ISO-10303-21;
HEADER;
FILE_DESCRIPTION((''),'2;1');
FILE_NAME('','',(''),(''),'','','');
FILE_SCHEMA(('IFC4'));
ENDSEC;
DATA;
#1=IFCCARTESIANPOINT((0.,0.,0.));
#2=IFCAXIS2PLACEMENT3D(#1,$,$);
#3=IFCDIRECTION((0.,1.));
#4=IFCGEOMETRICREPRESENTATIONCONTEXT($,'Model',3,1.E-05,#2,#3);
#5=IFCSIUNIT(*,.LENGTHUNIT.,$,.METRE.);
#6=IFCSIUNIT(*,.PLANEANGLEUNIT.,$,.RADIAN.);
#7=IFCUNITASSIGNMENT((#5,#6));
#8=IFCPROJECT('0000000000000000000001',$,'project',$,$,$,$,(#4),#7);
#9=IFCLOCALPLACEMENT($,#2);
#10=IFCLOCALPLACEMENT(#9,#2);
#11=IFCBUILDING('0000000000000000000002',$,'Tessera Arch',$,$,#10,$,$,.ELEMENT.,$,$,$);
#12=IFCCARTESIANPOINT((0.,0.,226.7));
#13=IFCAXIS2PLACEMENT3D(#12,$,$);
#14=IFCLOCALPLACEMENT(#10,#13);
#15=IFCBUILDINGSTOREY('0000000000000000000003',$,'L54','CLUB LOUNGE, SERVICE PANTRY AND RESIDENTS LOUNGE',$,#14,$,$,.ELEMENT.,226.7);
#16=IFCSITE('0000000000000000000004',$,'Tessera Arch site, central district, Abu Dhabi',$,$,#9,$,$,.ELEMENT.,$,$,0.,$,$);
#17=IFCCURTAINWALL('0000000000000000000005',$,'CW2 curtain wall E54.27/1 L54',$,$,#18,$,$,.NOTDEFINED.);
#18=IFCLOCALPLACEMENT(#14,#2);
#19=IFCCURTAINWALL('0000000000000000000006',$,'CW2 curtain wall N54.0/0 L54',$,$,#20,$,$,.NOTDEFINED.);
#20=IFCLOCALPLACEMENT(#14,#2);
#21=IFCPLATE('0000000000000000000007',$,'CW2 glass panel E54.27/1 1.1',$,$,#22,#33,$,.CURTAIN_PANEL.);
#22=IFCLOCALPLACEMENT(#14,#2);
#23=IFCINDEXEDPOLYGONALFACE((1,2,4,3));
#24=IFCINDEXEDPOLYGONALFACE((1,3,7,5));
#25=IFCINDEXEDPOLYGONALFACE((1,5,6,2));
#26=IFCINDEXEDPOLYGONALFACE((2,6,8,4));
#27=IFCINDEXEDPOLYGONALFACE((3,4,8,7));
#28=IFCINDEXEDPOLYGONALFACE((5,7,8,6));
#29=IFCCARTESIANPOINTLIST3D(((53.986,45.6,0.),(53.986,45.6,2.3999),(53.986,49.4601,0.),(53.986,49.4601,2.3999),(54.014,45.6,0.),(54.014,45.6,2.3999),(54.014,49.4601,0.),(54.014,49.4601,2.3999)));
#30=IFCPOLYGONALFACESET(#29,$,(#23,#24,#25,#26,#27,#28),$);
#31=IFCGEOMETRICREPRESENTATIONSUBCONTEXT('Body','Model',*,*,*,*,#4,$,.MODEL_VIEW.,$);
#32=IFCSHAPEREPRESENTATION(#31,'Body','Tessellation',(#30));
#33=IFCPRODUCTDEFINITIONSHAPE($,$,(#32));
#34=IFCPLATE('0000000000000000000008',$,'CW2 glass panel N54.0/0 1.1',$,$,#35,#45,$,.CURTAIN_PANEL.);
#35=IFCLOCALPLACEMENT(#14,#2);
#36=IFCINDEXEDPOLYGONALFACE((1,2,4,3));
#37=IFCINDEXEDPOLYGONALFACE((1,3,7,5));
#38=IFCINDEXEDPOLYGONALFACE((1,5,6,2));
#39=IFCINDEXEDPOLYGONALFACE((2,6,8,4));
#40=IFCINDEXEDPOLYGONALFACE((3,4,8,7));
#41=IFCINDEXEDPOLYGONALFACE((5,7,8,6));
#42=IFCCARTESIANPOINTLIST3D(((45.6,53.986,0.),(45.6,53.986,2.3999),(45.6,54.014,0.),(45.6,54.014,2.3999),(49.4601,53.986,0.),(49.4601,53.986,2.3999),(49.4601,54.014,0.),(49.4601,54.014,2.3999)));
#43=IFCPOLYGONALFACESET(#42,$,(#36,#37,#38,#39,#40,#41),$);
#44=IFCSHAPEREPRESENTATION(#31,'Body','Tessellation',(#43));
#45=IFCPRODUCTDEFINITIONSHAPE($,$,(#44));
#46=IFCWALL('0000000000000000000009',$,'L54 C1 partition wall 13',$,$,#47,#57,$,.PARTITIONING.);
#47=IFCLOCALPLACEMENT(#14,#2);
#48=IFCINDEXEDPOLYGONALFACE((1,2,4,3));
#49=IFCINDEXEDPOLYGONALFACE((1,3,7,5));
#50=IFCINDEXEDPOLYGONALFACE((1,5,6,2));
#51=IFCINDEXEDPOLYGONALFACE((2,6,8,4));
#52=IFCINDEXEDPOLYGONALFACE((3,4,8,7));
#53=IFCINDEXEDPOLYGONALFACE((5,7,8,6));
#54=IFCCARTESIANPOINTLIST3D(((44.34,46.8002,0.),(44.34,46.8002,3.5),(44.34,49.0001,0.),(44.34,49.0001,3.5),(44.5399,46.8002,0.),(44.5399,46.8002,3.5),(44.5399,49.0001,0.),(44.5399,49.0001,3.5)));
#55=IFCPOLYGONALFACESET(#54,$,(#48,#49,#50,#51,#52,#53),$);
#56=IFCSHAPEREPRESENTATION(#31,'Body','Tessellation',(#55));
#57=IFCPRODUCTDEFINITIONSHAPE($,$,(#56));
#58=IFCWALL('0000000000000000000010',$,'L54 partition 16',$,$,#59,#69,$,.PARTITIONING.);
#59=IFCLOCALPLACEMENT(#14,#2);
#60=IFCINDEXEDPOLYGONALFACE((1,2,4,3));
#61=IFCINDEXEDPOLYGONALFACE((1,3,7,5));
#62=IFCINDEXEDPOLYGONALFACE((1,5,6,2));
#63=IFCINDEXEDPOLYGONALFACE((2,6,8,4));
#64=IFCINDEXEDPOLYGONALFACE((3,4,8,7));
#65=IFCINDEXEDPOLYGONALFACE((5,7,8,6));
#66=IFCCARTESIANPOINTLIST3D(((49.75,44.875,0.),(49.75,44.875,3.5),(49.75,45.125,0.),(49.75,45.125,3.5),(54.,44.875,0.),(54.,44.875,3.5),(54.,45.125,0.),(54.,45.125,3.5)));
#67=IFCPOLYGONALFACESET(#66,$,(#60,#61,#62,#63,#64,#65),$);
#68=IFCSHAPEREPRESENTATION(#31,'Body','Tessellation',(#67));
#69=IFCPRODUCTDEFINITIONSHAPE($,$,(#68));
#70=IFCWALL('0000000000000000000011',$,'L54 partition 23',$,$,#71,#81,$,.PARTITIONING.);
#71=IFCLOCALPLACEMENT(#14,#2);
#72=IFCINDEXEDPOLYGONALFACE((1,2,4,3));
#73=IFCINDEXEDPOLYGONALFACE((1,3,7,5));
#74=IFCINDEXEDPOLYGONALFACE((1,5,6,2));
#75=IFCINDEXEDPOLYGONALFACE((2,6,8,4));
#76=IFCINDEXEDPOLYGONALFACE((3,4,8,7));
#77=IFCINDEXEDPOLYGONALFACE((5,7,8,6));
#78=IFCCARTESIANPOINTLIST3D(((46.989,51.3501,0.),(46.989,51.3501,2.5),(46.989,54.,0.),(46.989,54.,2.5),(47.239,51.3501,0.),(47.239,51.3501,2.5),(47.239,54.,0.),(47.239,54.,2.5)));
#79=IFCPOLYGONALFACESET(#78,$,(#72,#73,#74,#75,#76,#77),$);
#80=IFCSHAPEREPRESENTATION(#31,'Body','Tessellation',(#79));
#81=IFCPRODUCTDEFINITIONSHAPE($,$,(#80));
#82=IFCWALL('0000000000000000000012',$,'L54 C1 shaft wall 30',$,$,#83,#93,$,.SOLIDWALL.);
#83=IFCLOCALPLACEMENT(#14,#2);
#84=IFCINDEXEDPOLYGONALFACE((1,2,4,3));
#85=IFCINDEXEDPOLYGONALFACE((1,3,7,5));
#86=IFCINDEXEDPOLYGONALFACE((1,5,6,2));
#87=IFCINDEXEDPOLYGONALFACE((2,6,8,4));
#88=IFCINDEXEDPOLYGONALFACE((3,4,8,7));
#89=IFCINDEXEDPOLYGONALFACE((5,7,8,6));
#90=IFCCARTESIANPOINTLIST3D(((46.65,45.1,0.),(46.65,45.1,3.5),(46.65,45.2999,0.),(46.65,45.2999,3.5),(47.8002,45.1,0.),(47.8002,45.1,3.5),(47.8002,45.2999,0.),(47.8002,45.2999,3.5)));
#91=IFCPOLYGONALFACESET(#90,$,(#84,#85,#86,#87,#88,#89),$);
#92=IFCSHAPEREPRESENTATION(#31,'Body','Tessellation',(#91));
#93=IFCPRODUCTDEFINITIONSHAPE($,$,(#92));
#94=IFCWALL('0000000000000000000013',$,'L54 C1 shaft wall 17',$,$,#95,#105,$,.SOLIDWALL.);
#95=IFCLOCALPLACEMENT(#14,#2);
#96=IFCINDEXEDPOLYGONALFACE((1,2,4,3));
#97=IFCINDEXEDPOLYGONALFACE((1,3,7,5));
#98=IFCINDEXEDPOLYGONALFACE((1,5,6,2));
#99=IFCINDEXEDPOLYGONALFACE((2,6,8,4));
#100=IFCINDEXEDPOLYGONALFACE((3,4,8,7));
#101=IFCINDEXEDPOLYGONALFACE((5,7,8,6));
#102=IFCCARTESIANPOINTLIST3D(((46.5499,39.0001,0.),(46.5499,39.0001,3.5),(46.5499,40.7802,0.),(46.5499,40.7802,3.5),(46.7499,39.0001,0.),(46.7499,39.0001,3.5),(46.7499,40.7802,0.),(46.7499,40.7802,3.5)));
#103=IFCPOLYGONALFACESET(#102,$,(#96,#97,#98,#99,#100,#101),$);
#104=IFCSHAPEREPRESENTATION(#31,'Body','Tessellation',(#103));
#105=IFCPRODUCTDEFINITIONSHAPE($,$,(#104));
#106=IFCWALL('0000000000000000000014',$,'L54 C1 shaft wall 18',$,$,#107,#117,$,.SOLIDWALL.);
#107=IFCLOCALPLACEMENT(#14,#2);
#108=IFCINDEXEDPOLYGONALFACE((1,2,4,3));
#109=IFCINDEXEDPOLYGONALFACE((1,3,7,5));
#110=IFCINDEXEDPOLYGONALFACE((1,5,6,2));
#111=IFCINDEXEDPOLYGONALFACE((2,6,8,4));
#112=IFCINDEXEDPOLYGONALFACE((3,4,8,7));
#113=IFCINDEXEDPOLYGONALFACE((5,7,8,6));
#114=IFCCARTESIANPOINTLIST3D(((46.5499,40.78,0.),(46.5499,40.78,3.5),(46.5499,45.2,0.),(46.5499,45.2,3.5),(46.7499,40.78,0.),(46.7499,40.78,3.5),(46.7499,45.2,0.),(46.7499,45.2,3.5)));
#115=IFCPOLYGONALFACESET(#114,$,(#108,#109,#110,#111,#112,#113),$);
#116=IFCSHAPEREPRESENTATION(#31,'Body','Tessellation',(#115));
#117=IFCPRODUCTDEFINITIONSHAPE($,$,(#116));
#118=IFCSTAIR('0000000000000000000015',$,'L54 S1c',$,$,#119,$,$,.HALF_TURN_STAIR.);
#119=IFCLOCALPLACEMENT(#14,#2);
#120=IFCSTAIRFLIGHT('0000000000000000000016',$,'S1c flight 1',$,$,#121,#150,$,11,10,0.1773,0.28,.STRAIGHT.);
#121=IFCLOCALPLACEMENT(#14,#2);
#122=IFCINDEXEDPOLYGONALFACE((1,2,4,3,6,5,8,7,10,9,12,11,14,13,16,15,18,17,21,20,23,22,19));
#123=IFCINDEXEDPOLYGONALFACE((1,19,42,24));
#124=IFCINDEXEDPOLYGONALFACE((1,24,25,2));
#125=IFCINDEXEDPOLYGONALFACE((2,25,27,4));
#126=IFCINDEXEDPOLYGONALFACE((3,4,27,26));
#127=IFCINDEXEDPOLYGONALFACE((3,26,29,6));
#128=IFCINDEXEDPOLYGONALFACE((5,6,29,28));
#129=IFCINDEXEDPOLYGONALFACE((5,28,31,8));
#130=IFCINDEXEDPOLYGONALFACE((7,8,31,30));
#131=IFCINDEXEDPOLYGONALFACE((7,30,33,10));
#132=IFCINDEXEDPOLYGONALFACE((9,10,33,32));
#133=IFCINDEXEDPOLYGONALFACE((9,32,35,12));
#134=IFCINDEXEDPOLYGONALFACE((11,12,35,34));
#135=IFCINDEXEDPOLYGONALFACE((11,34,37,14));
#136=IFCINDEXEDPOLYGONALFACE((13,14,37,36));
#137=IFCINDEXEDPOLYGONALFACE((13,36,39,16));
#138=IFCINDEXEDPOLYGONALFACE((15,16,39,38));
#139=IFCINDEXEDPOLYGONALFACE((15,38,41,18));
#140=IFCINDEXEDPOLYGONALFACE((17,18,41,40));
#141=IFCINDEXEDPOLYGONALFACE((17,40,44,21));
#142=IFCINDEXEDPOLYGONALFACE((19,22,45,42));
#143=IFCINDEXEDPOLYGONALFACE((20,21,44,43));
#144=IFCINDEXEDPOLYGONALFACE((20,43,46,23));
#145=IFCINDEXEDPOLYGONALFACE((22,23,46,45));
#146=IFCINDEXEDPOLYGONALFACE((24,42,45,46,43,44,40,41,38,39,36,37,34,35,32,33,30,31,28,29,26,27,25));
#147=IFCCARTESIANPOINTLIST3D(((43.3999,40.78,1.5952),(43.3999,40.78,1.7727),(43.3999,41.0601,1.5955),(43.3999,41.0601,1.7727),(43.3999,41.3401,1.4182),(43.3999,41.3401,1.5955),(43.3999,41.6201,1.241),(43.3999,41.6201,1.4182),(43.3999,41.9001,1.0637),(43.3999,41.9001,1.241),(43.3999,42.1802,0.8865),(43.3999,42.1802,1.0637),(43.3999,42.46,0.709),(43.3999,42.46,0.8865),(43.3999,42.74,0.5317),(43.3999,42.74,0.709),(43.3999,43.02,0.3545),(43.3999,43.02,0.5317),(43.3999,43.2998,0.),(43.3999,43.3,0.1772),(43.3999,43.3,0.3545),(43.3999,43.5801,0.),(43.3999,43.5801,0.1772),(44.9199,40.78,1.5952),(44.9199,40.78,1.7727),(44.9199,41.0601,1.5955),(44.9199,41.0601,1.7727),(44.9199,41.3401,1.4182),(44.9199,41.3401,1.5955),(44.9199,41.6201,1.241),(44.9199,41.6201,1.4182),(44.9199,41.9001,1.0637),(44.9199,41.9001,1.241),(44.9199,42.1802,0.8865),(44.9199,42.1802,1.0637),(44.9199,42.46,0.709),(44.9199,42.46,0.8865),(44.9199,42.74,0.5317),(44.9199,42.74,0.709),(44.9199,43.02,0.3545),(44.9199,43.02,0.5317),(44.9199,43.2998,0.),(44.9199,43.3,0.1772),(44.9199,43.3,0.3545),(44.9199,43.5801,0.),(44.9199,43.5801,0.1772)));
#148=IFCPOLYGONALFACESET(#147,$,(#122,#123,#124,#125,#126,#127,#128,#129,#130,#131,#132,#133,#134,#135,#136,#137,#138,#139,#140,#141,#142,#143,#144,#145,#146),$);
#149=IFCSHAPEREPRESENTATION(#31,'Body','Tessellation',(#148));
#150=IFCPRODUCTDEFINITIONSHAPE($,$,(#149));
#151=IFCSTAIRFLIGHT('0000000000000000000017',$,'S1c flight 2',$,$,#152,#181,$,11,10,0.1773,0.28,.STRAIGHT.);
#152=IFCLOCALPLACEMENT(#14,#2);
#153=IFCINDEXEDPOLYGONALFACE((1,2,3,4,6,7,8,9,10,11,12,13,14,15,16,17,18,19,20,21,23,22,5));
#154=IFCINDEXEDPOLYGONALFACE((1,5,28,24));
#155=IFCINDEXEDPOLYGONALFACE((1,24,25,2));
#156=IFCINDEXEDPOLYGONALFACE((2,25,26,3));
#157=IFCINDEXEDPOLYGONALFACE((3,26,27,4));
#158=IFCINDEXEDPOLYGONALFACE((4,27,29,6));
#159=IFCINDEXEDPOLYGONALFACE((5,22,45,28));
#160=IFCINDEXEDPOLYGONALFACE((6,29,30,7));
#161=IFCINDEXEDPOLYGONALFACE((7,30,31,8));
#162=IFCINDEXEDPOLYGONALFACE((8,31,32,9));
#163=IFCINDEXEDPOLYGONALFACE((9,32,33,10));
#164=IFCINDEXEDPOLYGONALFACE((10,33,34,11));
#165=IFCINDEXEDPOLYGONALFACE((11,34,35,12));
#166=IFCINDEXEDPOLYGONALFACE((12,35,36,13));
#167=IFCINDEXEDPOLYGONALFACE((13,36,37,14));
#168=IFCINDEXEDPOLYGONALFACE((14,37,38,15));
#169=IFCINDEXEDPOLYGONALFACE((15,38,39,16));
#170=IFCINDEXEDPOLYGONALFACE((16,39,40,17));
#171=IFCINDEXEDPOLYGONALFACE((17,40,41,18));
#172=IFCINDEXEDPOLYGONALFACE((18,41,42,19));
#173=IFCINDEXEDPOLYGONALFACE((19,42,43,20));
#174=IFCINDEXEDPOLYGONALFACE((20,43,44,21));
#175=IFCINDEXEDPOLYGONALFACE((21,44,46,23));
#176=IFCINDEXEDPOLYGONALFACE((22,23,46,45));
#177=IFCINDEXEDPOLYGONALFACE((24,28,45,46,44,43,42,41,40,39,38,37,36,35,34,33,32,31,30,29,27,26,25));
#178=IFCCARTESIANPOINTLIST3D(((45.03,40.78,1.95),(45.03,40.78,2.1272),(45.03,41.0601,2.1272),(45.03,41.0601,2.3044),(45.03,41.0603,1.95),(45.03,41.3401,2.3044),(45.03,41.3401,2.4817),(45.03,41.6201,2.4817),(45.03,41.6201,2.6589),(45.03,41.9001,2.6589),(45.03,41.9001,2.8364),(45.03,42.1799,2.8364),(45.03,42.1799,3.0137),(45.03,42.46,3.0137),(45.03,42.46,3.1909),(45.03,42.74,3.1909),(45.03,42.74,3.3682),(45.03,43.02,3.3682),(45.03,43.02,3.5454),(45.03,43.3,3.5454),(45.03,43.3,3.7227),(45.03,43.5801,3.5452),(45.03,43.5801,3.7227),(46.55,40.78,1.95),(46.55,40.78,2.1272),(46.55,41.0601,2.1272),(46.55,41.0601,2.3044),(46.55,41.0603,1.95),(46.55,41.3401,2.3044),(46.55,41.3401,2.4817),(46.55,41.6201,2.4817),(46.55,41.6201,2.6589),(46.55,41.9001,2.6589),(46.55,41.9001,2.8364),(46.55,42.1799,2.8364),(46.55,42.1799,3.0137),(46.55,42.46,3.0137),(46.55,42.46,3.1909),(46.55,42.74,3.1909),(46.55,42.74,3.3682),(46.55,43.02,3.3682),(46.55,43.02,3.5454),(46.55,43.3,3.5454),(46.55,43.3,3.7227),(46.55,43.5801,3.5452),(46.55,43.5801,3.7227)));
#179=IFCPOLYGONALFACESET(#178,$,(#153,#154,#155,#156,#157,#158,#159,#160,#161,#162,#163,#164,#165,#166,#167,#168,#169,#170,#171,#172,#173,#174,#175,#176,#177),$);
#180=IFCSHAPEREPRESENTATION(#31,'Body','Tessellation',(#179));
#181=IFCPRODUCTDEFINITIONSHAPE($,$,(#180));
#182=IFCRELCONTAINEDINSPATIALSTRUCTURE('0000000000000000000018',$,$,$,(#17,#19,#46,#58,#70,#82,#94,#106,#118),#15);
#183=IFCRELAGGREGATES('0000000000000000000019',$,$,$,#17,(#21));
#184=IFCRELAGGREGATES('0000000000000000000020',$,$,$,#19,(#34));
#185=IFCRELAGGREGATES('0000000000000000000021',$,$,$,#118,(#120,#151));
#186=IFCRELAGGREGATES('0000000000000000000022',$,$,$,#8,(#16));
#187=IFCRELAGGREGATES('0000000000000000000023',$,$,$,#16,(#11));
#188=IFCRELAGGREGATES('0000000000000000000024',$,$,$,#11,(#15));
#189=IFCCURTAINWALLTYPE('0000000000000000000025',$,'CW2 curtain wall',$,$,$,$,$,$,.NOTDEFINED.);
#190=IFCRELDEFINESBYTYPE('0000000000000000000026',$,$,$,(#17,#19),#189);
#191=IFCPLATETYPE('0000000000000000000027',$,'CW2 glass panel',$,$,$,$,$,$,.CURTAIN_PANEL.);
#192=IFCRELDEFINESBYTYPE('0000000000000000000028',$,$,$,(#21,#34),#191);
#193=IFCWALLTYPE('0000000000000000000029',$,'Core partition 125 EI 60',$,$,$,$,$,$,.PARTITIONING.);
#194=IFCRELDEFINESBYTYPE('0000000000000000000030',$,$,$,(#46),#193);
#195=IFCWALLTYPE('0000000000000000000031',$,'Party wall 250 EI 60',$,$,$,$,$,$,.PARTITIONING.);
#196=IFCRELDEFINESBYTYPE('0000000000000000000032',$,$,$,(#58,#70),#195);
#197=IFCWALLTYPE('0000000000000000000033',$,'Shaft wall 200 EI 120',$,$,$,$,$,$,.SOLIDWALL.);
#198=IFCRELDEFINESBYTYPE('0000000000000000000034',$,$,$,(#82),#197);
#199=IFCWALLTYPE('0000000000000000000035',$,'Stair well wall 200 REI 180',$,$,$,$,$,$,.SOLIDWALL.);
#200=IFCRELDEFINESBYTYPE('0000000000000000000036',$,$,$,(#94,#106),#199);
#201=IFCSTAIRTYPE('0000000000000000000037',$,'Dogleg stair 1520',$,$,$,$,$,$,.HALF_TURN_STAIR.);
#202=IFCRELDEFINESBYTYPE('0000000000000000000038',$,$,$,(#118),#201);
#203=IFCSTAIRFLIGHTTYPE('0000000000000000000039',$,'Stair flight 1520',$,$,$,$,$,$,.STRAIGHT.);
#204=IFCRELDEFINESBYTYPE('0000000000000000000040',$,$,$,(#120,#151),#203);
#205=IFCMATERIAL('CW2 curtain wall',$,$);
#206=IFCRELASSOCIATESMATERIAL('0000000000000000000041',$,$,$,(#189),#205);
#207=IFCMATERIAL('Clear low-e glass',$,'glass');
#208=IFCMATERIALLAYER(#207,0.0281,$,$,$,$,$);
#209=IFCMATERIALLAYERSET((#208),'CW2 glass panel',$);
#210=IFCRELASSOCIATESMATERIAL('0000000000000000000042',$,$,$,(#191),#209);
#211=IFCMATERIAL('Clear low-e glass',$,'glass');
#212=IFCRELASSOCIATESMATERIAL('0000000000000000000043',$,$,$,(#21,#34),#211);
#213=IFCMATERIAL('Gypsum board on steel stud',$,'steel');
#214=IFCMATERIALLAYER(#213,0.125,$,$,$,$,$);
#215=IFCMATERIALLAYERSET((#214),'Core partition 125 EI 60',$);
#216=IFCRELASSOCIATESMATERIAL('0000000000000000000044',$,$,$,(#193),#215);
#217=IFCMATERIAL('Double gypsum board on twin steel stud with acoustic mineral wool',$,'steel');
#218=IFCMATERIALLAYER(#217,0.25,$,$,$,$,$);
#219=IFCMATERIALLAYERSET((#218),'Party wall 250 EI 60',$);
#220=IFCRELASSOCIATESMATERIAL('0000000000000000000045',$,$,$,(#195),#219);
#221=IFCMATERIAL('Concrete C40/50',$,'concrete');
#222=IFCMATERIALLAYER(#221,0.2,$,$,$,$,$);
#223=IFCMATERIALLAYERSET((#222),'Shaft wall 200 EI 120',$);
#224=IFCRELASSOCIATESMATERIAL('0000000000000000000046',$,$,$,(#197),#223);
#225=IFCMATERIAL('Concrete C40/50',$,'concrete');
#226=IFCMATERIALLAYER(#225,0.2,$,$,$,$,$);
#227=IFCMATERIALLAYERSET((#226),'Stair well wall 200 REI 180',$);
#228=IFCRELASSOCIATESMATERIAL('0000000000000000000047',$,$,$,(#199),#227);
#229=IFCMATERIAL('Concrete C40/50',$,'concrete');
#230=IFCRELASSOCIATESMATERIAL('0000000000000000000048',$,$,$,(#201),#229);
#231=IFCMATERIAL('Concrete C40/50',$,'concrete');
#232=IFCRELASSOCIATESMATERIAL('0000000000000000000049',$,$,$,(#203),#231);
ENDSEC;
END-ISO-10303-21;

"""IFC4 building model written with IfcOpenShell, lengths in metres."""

from ifc_helpers import new_model, si_unit, direction, frame, frame_2d, origin, origin_2d, place, context, subcontext, project, spatial, polyline, rectangle, outline, extrude, material, layer, layer_set, type_object, element, aggregate, save


model = new_model("IFC4")

# Units and contexts
model_context = context("Model", 3, precision=1e-05, world=origin(), true_north=direction((0.0, 1.0)))
body_context = subcontext(model_context, "Body", "Model", "MODEL_VIEW")
ifc_project = project(units=[si_unit("LENGTHUNIT", "METRE"), si_unit("PLANEANGLEUNIT", "RADIAN")], contexts=[model_context])

# Site, building, storey
site_placement = place(None, origin())
site = spatial("IfcSite", under=ifc_project, at=site_placement, Name="Tessera Arch site, central district, Abu Dhabi", CompositionType="ELEMENT", RefElevation=0.0)
building_placement = place(site_placement, origin())
building = spatial("IfcBuilding", under=site, at=building_placement, Name="Tessera Arch", CompositionType="ELEMENT")
storey_placement = place(building_placement, frame((0.0, 0.0, 226.7)))
storey = spatial("IfcBuildingStorey", under=building, at=storey_placement, Name="L54", Description="CLUB LOUNGE, SERVICE PANTRY AND RESIDENTS LOUNGE", CompositionType="ELEMENT", Elevation=226.7)

# Curtain walls
ifc_material_1 = material(Name="CW2 curtain wall")
curtain_wall_type_1 = type_object("IfcCurtainWallType", Name="CW2 curtain wall", PredefinedType="NOTDEFINED", material=ifc_material_1)
curtain_wall_1_placement = place(storey_placement, origin())
curtain_wall_1 = element("IfcCurtainWall", 1, at=curtain_wall_1_placement, inside=storey, type_object=curtain_wall_type_1, Name="CW2 curtain wall E54.27/1 L54", PredefinedType="NOTDEFINED")
curtain_wall_2_placement = place(storey_placement, origin())
curtain_wall_2 = element("IfcCurtainWall", 2, at=curtain_wall_2_placement, inside=storey, type_object=curtain_wall_type_1, Name="CW2 curtain wall N54.0/0 L54", PredefinedType="NOTDEFINED")

# Plates
ifc_material_2 = material(Name="Clear low-e glass", Category="glass")
ifc_material_3 = material(Name="Clear low-e glass", Category="glass")
ifc_layer_1 = layer(ifc_material_3, 0.0281)
ifc_layer_set_1 = layer_set([ifc_layer_1], Name="CW2 glass panel")
plate_type_1 = type_object("IfcPlateType", Name="CW2 glass panel", PredefinedType="CURTAIN_PANEL", material=ifc_layer_set_1)
plate_1_placement = place(storey_placement, frame((54.0, 47.53, 0.0), z_axis=(0.0, 0.0, 1.0), x_axis=(0.0, 1.0, 0.0)))
plate_1 = element("IfcPlate", 3, at=plate_1_placement, type_object=plate_type_1, material=ifc_material_2, Name="CW2 glass panel E54.27/1 1.1", PredefinedType="CURTAIN_PANEL", context=body_context, shape_type="SweptSolid", body=[
    extrude(rectangle(XDim=3.8601, YDim=0.0281, at=origin_2d()), origin(), (0.0, 0.0, 1.0), 2.3999),
])
aggregate(curtain_wall_1, [plate_1])
plate_2_placement = place(storey_placement, frame((47.53, 54.0, 0.0), z_axis=(0.0, 0.0, 1.0), x_axis=(-1.0, 0.0, 0.0)))
plate_2 = element("IfcPlate", 4, at=plate_2_placement, type_object=plate_type_1, material=ifc_material_2, Name="CW2 glass panel N54.0/0 1.1", PredefinedType="CURTAIN_PANEL", context=body_context, shape_type="SweptSolid", body=[
    extrude(rectangle(XDim=3.8601, YDim=0.0281, at=origin_2d()), origin(), (0.0, 0.0, 1.0), 2.3999),
])
aggregate(curtain_wall_2, [plate_2])

# Walls
ifc_material_4 = material(Name="Gypsum board on steel stud", Category="steel")
ifc_layer_2 = layer(ifc_material_4, 0.125)
ifc_layer_set_2 = layer_set([ifc_layer_2], Name="Core partition 125 EI 60")
wall_type_1 = type_object("IfcWallType", Name="Core partition 125 EI 60", PredefinedType="PARTITIONING", material=ifc_layer_set_2)
wall_1_placement = place(storey_placement, frame((44.4399, 46.8, 0.0), z_axis=(0.0, 0.0, 1.0), x_axis=(0.0, 1.0, 0.0)))
element("IfcWall", 5, at=wall_1_placement, inside=storey, type_object=wall_type_1, Name="L54 C1 partition wall 13", PredefinedType="PARTITIONING", context=body_context, shape_type="SweptSolid", body=[
    extrude(rectangle(XDim=2.2, YDim=0.2, at=frame_2d((1.1001, 0.0))), origin(), (0.0, 0.0, 1.0), 3.5),
])
ifc_material_5 = material(Name="Double gypsum board on twin steel stud with acoustic mineral wool", Category="steel")
ifc_layer_3 = layer(ifc_material_5, 0.25)
ifc_layer_set_3 = layer_set([ifc_layer_3], Name="Party wall 250 EI 60")
wall_type_2 = type_object("IfcWallType", Name="Party wall 250 EI 60", PredefinedType="PARTITIONING", material=ifc_layer_set_3)
wall_2_placement = place(storey_placement, frame((49.75, 45.0, 0.0), z_axis=(0.0, 0.0, 1.0), x_axis=(1.0, 0.0, 0.0)))
element("IfcWall", 6, at=wall_2_placement, inside=storey, type_object=wall_type_2, Name="L54 partition 16", PredefinedType="PARTITIONING", context=body_context, shape_type="SweptSolid", body=[
    extrude(rectangle(XDim=4.25, YDim=0.25, at=frame_2d((2.125, 0.0))), origin(), (0.0, 0.0, 1.0), 3.5),
])
wall_3_placement = place(storey_placement, frame((47.114, 51.3501, 0.0), z_axis=(0.0, 0.0, 1.0), x_axis=(0.0, 1.0, 0.0)))
element("IfcWall", 7, at=wall_3_placement, inside=storey, type_object=wall_type_2, Name="L54 partition 23", PredefinedType="PARTITIONING", context=body_context, shape_type="SweptSolid", body=[
    extrude(rectangle(XDim=2.6499, YDim=0.25, at=frame_2d((1.325, 0.0))), origin(), (0.0, 0.0, 1.0), 2.5),
])
ifc_material_6 = material(Name="Concrete C40/50", Category="concrete")
ifc_layer_4 = layer(ifc_material_6, 0.2)
ifc_layer_set_4 = layer_set([ifc_layer_4], Name="Shaft wall 200 EI 120")
wall_type_3 = type_object("IfcWallType", Name="Shaft wall 200 EI 120", PredefinedType="SOLIDWALL", material=ifc_layer_set_4)
wall_4_placement = place(storey_placement, frame((46.6499, 45.2, 0.0), z_axis=(0.0, 0.0, 1.0), x_axis=(1.0, 0.0, 0.0)))
element("IfcWall", 8, at=wall_4_placement, inside=storey, type_object=wall_type_3, Name="L54 C1 shaft wall 30", PredefinedType="SOLIDWALL", context=body_context, shape_type="SweptSolid", body=[
    extrude(rectangle(XDim=1.1501, YDim=0.2, at=frame_2d((0.5752, 0.0))), origin(), (0.0, 0.0, 1.0), 3.5),
])
ifc_material_7 = material(Name="Concrete C40/50", Category="concrete")
ifc_layer_5 = layer(ifc_material_7, 0.2)
ifc_layer_set_5 = layer_set([ifc_layer_5], Name="Stair well wall 200 REI 180")
wall_type_4 = type_object("IfcWallType", Name="Stair well wall 200 REI 180", PredefinedType="SOLIDWALL", material=ifc_layer_set_5)
wall_5_placement = place(storey_placement, frame((46.6499, 39.0, 0.0), z_axis=(0.0, 0.0, 1.0), x_axis=(0.0, 1.0, 0.0)))
element("IfcWall", 9, at=wall_5_placement, inside=storey, type_object=wall_type_4, Name="L54 C1 shaft wall 17", PredefinedType="SOLIDWALL", context=body_context, shape_type="SweptSolid", body=[
    extrude(rectangle(XDim=1.78, YDim=0.2, at=frame_2d((0.8901, 0.0))), origin(), (0.0, 0.0, 1.0), 3.5),
])
wall_6_placement = place(storey_placement, frame((46.6499, 40.78, 0.0), z_axis=(0.0, 0.0, 1.0), x_axis=(0.0, 1.0, 0.0)))
element("IfcWall", 10, at=wall_6_placement, inside=storey, type_object=wall_type_4, Name="L54 C1 shaft wall 18", PredefinedType="SOLIDWALL", context=body_context, shape_type="SweptSolid", body=[
    extrude(rectangle(XDim=4.4199, YDim=0.2, at=frame_2d((2.21, 0.0))), origin(), (0.0, 0.0, 1.0), 3.5),
])

# Stair, stair flights
ifc_material_8 = material(Name="Concrete C40/50", Category="concrete")
stair_type = type_object("IfcStairType", Name="Dogleg stair 1520", PredefinedType="HALF_TURN_STAIR", material=ifc_material_8)
stair_placement = place(storey_placement, origin())
stair = element("IfcStair", 11, at=stair_placement, inside=storey, type_object=stair_type, Name="L54 S1c", PredefinedType="HALF_TURN_STAIR")
ifc_material_9 = material(Name="Concrete C40/50", Category="concrete")
stair_flight_type = type_object("IfcStairFlightType", Name="Stair flight 1520", PredefinedType="STRAIGHT", material=ifc_material_9)
stair_flight_1_placement = place(storey_placement, frame((44.1599, 43.5801, 0.0), z_axis=(0.0, 0.0, 1.0), x_axis=(0.0, -1.0, 0.0)))
stair_flight_1 = element("IfcStairFlight", 12, at=stair_flight_1_placement, type_object=stair_flight_type, Name="S1c flight 1", NumberOfRisers=11, NumberOfTreads=10, PredefinedType="STRAIGHT", RiserHeight=0.1773, TreadLength=0.28, context=body_context, shape_type="SweptSolid", body=[
    extrude(outline(polyline([(0.0, 0.0), (0.0, 0.1772), (0.28, 0.1772), (0.28, 0.3545), (0.5601, 0.3545), (0.5601, 0.5317), (0.8401, 0.5317), (0.8401, 0.709), (1.1201, 0.709), (1.1201, 0.8865), (1.3999, 0.8865), (1.3999, 1.0637), (1.6799, 1.0637), (1.6799, 1.241), (1.96, 1.241), (1.96, 1.4182), (2.24, 1.4182), (2.24, 1.5955), (2.52, 1.5955), (2.52, 1.7727), (2.8, 1.7727), (2.8, 1.95), (2.8, 1.5952), (0.2803, 0.0), (0.0, 0.0)])), frame((0.0, 0.76, 0.0), z_axis=(0.0, -1.0, 0.0), x_axis=(1.0, 0.0, 0.0)), (0.0, 0.0, 1.0), 1.52),
])
stair_flight_2_placement = place(storey_placement, frame((45.79, 40.78, 1.95), z_axis=(0.0, 0.0, 1.0), x_axis=(0.0, 1.0, 0.0)))
stair_flight_2 = element("IfcStairFlight", 13, at=stair_flight_2_placement, type_object=stair_flight_type, Name="S1c flight 2", NumberOfRisers=11, NumberOfTreads=10, PredefinedType="STRAIGHT", RiserHeight=0.1773, TreadLength=0.28, context=body_context, shape_type="SweptSolid", body=[
    extrude(outline(polyline([(0.0, 0.0), (0.0, 0.1772), (0.28, 0.1772), (0.28, 0.3545), (0.5601, 0.3545), (0.5601, 0.5317), (0.8401, 0.5317), (0.8401, 0.709), (1.1201, 0.709), (1.1201, 0.8865), (1.3999, 0.8865), (1.3999, 1.0637), (1.6799, 1.0637), (1.6799, 1.241), (1.96, 1.241), (1.96, 1.4182), (2.24, 1.4182), (2.24, 1.5955), (2.52, 1.5955), (2.52, 1.7727), (2.8, 1.7727), (2.8, 1.95), (2.8, 1.5952), (0.2803, 0.0), (0.0, 0.0)])), frame((0.0, 0.76, 0.0), z_axis=(0.0, -1.0, 0.0), x_axis=(1.0, 0.0, 0.0)), (0.0, 0.0, 1.0), 1.52),
])
aggregate(stair, [stair_flight_1, stair_flight_2])

save(model, "model.ifc")
